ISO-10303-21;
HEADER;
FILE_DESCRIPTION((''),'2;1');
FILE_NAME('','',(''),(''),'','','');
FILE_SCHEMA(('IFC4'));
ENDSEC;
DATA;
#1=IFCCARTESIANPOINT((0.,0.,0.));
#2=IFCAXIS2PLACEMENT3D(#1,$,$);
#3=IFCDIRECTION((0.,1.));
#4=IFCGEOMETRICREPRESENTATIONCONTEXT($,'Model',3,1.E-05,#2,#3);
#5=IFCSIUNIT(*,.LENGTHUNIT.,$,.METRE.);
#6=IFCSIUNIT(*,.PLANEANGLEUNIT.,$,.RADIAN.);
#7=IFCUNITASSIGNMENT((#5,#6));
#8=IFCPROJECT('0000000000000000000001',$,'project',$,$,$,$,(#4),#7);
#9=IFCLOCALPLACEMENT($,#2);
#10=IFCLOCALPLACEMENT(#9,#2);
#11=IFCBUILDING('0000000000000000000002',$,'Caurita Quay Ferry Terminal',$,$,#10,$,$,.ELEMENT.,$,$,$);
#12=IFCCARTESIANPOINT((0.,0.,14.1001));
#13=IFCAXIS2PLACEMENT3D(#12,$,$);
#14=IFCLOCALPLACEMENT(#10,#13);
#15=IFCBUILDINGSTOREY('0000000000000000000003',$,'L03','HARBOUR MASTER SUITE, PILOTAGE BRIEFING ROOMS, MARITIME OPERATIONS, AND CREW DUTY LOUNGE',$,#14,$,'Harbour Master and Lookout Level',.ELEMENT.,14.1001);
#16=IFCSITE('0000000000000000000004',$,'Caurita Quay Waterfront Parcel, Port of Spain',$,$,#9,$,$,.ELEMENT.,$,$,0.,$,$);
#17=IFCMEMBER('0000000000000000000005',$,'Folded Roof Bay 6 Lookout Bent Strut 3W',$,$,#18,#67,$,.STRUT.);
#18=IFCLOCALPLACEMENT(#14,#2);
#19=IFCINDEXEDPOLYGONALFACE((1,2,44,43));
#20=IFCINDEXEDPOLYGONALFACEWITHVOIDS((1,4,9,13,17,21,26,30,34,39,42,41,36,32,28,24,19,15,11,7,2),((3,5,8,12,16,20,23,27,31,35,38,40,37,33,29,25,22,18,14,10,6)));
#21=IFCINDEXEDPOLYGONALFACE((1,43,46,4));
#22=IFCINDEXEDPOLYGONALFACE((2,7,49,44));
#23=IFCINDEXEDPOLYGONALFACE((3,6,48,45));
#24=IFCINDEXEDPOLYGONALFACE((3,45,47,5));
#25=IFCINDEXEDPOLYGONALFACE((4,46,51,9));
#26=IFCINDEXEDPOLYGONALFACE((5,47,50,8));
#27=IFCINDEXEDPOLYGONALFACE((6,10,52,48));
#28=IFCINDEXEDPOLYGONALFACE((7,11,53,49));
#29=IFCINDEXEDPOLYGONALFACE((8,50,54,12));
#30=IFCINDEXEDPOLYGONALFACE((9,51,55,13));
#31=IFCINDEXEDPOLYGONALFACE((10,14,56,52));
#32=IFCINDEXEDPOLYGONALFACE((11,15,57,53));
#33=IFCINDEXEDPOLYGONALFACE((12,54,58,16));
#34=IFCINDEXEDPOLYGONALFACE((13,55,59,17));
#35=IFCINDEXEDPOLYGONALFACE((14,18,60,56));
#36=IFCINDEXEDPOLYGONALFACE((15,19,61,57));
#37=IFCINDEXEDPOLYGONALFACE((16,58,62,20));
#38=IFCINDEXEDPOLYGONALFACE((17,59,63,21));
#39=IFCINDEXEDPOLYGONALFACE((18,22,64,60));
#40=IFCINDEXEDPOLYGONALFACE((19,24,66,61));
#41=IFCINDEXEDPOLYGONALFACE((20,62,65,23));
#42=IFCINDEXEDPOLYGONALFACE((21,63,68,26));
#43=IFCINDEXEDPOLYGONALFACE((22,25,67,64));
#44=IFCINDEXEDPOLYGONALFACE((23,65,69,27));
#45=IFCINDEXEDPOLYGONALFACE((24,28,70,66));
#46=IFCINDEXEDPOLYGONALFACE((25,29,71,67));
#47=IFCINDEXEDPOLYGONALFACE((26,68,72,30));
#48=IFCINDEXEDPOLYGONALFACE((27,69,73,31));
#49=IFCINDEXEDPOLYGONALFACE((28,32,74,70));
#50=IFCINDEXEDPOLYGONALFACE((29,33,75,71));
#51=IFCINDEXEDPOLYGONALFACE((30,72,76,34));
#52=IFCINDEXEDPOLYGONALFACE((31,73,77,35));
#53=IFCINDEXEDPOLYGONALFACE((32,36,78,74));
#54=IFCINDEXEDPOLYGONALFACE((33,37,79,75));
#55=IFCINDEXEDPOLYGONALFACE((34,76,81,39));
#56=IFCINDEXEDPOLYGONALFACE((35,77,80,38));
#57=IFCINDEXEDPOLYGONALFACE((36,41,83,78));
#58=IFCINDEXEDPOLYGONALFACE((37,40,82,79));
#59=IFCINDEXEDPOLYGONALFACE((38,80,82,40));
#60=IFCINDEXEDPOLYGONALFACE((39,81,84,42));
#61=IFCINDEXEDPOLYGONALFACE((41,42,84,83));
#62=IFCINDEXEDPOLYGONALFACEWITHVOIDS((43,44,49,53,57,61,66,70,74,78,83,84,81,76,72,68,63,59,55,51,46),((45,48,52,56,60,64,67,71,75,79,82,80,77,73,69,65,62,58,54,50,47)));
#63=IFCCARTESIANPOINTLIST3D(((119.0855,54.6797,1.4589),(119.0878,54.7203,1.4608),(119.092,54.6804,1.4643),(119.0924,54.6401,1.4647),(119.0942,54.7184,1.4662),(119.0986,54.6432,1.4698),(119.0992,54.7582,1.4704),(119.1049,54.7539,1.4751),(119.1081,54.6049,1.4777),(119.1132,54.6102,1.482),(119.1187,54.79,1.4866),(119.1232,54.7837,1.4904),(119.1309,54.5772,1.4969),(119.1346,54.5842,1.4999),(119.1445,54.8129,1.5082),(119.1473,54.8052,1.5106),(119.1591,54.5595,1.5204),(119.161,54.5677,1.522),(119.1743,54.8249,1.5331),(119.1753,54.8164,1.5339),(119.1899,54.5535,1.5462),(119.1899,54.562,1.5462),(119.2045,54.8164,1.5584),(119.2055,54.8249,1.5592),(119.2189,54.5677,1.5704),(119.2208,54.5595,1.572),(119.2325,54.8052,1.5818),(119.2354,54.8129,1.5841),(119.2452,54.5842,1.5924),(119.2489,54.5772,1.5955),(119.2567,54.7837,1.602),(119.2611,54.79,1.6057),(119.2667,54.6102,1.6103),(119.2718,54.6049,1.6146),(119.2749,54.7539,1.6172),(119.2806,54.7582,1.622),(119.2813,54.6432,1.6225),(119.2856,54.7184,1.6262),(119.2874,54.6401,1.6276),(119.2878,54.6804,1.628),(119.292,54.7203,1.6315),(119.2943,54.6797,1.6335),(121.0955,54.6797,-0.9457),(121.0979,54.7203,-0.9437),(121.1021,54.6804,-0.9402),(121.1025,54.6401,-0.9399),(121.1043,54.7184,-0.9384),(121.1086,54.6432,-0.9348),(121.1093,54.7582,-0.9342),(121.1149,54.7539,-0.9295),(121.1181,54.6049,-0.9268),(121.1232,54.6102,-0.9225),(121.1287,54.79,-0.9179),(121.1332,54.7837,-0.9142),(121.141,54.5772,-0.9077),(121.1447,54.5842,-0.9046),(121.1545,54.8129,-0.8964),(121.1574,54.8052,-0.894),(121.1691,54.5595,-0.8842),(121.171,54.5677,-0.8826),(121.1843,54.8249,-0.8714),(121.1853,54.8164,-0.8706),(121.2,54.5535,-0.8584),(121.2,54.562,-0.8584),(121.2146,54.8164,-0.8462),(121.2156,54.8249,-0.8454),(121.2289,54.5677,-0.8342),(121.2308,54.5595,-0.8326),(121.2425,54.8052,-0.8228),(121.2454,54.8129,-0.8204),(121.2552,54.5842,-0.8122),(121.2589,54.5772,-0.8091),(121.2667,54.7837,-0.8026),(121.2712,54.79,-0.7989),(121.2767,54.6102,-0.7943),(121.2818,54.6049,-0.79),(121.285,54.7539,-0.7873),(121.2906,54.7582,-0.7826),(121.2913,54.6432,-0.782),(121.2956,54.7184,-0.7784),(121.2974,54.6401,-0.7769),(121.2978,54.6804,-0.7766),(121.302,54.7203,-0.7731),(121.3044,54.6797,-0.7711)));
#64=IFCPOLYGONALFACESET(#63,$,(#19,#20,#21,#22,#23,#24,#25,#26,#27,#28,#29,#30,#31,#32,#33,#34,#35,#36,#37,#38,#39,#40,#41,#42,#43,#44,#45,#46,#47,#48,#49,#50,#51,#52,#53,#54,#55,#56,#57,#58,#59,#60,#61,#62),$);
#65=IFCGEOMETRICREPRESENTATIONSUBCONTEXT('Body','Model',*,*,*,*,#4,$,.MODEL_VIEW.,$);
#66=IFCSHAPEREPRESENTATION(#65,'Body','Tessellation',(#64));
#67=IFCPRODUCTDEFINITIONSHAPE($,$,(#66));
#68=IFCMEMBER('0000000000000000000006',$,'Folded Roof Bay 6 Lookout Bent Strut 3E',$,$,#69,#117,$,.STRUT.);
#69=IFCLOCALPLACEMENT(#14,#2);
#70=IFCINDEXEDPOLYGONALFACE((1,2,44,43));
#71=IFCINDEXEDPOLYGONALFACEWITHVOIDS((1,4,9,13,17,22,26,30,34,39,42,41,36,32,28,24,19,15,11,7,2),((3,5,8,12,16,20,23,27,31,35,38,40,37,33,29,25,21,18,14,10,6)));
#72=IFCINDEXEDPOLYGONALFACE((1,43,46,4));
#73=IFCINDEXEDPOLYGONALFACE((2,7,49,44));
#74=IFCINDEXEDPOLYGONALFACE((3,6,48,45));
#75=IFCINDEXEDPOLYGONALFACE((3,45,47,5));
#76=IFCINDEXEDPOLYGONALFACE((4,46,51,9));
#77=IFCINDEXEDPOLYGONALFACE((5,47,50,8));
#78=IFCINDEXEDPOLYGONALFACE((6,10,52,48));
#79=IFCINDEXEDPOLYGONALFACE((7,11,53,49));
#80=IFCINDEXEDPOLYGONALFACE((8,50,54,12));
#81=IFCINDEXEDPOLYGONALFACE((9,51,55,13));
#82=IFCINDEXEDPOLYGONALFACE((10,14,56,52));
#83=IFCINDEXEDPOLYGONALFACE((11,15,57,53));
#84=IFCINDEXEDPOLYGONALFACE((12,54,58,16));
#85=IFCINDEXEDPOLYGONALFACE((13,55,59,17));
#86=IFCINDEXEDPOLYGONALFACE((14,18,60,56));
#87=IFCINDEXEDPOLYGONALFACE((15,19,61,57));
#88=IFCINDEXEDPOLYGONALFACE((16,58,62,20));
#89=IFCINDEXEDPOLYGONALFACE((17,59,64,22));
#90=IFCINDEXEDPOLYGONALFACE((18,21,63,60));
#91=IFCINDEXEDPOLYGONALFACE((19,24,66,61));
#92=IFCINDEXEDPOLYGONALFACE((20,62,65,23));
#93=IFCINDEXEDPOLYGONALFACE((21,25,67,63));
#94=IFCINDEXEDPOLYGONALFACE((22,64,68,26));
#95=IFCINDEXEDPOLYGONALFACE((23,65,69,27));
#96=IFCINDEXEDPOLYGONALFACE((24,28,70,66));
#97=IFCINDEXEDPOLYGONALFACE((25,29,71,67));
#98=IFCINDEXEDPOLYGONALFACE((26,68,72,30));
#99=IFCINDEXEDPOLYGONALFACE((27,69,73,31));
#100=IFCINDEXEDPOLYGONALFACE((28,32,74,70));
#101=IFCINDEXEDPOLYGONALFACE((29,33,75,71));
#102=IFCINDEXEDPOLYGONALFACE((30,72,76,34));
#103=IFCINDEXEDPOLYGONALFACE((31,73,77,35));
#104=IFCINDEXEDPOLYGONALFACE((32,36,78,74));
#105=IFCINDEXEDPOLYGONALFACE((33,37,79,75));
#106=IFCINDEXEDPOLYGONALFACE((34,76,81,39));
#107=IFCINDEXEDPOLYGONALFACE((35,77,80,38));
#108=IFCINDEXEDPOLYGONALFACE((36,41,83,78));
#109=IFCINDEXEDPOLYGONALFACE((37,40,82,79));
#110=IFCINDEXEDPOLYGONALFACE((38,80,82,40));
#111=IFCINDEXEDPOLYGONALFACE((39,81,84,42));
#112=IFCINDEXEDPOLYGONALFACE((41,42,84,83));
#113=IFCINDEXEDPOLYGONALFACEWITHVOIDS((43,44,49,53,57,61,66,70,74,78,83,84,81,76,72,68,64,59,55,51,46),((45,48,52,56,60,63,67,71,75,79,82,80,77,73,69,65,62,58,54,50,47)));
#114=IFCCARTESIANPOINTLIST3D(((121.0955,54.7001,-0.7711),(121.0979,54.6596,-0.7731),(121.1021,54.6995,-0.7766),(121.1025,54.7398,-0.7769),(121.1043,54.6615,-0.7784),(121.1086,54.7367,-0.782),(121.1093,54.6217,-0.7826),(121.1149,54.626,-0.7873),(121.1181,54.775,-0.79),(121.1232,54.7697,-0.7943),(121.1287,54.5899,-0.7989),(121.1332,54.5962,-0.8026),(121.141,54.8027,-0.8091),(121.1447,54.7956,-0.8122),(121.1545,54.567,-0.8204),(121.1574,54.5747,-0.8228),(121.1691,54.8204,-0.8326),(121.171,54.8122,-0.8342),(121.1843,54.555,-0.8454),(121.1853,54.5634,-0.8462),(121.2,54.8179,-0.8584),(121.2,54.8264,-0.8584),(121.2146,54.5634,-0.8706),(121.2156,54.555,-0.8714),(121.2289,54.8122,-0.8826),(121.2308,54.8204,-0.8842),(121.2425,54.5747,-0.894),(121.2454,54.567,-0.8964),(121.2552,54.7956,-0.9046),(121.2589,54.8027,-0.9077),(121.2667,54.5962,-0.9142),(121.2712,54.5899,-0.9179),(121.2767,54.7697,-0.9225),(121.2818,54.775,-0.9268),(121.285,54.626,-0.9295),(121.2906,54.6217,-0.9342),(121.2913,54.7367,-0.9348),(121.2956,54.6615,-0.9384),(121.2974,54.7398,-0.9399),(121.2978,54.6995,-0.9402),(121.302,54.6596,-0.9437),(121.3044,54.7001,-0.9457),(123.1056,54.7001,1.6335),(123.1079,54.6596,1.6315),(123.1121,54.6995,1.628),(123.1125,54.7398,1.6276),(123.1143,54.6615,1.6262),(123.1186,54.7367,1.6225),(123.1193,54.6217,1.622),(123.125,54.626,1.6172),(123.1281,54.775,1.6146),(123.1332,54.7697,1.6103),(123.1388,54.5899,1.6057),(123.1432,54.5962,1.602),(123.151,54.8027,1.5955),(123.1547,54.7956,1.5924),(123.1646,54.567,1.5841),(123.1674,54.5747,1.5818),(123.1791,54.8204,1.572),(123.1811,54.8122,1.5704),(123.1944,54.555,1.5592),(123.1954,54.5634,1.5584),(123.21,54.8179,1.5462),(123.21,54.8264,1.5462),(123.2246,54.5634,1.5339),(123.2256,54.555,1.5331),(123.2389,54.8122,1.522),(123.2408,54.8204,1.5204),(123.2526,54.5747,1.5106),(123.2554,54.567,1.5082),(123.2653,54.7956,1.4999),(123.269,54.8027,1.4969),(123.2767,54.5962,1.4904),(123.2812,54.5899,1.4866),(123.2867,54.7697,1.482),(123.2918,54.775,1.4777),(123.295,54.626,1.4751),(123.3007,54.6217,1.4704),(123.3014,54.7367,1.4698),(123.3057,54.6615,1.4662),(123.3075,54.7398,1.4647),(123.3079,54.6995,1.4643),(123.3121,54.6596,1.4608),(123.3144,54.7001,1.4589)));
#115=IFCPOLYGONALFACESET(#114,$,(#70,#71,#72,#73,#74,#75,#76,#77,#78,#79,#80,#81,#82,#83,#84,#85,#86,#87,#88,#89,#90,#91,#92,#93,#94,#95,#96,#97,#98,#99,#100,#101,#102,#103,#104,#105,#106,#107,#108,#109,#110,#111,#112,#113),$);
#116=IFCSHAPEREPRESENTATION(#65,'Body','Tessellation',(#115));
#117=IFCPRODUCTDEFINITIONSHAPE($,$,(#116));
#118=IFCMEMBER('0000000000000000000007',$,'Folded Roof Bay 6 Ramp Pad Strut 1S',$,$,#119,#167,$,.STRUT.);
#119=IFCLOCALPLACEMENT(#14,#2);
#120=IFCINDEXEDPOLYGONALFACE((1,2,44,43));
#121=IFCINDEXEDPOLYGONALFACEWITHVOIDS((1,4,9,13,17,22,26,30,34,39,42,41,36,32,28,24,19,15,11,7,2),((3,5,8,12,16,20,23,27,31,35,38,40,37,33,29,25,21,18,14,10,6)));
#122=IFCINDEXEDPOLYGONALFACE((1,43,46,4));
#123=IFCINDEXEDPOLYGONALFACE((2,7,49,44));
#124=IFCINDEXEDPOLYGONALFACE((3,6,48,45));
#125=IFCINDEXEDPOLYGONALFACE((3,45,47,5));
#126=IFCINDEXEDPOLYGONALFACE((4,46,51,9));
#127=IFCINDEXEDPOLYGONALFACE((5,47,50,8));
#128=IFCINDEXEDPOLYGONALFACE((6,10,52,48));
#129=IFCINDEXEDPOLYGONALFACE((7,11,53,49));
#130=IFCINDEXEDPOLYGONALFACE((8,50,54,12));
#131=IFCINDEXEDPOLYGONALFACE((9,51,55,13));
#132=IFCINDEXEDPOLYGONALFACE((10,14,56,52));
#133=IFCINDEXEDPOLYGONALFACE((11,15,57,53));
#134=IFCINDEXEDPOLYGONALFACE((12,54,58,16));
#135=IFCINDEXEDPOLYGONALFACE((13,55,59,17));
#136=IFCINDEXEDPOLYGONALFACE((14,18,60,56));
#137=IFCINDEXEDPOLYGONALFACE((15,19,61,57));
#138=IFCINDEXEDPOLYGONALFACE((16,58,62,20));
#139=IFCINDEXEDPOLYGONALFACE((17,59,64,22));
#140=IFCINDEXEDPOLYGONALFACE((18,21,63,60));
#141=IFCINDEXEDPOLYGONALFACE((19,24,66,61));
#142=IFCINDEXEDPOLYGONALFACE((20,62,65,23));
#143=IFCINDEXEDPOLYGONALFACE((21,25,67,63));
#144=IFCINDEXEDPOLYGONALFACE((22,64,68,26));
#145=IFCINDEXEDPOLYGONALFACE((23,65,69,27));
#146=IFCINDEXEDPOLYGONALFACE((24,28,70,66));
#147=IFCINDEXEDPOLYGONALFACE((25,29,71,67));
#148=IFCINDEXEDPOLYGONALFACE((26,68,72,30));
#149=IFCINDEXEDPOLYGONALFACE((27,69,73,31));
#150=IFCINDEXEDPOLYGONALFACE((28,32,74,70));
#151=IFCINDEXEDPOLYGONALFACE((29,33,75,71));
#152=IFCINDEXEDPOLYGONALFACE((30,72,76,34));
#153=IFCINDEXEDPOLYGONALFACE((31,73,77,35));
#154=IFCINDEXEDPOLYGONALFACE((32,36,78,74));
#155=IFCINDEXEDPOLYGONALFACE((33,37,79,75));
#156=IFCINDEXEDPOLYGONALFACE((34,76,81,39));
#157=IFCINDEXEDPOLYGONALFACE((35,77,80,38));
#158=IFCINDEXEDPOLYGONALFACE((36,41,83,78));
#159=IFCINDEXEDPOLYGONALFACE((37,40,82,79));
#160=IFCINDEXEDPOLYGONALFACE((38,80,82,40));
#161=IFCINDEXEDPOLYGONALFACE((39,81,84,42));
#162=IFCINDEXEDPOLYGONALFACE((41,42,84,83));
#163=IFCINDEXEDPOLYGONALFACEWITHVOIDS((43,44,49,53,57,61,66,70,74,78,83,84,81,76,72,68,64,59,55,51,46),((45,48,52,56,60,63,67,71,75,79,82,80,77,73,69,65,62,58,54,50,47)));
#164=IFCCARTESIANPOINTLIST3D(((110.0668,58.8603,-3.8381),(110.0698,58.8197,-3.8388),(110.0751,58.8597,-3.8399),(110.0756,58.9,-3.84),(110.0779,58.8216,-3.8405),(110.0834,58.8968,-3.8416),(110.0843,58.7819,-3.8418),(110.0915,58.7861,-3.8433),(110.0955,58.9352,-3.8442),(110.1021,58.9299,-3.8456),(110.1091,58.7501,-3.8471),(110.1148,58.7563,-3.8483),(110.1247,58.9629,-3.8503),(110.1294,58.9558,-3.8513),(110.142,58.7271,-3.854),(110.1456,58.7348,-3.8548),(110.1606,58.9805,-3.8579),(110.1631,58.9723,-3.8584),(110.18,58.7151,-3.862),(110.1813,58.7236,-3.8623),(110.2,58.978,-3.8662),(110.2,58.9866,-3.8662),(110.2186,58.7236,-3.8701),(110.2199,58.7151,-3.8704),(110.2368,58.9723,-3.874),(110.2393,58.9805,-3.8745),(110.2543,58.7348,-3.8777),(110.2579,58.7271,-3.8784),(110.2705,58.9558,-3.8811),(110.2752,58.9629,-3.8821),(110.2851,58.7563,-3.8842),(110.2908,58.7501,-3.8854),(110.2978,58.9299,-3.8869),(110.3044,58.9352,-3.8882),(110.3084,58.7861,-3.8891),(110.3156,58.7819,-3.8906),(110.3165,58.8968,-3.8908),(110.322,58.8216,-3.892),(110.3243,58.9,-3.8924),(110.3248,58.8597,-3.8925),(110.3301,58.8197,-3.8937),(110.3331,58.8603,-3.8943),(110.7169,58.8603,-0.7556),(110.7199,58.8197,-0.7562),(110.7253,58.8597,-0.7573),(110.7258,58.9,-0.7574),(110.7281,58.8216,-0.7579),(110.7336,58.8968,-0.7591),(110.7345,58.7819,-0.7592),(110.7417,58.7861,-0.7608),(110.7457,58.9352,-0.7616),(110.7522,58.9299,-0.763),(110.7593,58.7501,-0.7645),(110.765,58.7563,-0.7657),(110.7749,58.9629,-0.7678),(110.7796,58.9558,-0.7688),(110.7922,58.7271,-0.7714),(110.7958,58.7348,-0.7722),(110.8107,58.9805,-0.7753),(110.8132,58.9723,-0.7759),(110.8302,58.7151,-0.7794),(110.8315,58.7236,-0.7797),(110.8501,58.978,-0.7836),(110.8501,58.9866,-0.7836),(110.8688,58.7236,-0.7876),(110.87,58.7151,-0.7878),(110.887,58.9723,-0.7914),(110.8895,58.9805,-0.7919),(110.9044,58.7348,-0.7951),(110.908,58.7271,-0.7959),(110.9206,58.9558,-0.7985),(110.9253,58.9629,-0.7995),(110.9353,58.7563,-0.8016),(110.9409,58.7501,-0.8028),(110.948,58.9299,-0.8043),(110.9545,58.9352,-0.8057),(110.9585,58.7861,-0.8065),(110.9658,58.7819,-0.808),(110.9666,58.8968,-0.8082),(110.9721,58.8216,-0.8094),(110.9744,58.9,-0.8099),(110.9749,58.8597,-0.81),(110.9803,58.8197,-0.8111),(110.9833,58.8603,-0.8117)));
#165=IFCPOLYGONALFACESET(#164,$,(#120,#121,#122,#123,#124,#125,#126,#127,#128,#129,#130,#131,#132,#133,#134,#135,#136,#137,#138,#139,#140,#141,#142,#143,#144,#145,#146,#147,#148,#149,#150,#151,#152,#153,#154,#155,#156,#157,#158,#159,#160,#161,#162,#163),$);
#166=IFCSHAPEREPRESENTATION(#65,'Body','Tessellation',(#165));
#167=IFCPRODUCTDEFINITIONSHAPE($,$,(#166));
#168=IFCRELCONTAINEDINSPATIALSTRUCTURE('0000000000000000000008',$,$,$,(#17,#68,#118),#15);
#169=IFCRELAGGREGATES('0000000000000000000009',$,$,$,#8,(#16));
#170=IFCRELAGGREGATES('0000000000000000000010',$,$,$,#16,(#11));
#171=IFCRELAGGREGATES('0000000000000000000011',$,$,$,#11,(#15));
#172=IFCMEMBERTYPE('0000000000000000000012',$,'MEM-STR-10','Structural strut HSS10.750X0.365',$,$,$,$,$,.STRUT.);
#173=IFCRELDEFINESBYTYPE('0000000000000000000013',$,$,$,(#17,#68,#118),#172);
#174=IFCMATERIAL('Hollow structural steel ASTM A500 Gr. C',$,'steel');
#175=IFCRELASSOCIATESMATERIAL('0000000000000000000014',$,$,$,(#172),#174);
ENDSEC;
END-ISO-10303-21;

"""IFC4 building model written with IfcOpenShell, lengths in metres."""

from ifc_helpers import new_model, si_unit, direction, frame, origin, origin_2d, place, context, subcontext, project, spatial, hollow_circle, extrude, material, material_profile, profile_set, type_object, element, save


model = new_model("IFC4")

# Units and contexts
model_context = context("Model", 3, precision=1e-05, world=origin(), true_north=direction((0.0, 1.0)))
body_context = subcontext(model_context, "Body", "Model", "MODEL_VIEW")
ifc_project = project(units=[si_unit("LENGTHUNIT", "METRE"), si_unit("PLANEANGLEUNIT", "RADIAN")], contexts=[model_context])

# Site, building, storey
site_placement = place(None, origin())
site = spatial("IfcSite", under=ifc_project, at=site_placement, Name="Caurita Quay Waterfront Parcel, Port of Spain", CompositionType="ELEMENT", RefElevation=0.0)
building_placement = place(site_placement, origin())
building = spatial("IfcBuilding", under=site, at=building_placement, Name="Caurita Quay Ferry Terminal", CompositionType="ELEMENT")
storey_placement = place(building_placement, frame((0.0, 0.0, 14.1001)))
storey = spatial("IfcBuildingStorey", under=building, at=storey_placement, Name="L03", Description="HARBOUR MASTER SUITE, PILOTAGE BRIEFING ROOMS, MARITIME OPERATIONS, AND CREW DUTY LOUNGE", LongName="Harbour Master and Lookout Level", CompositionType="ELEMENT", Elevation=14.1001)

# Members
ifc_material_1 = material(Name="Hollow structural steel ASTM A500 Gr. C", Category="steel")
ifc_material_profile_1 = material_profile(ifc_material_1, hollow_circle(Radius=0.1365, WallThickness=0.0085, at=origin_2d()), Name="HSS10.750X0.365")
ifc_profile_set_1 = profile_set([ifc_material_profile_1], Name="Hollow structural steel ASTM A500 Gr. C")
member_type_1 = type_object("IfcMemberType", Name="MEM-STR-10", Description="Structural strut HSS10.750X0.365", PredefinedType="STRUT", material=ifc_profile_set_1)
for number, where, z_axis, x_axis, name in (
    (1, (121.2, 54.6899, -0.8584), (-0.641356, 0.0, 0.767243), (0.0, -1.0, 0.0), "Folded Roof Bay 6 Lookout Bent Strut 3W"),
    (2, (121.2, 54.6899, -0.8584), (0.641356, 0.0, 0.767243), (0.0, 1.0, 0.0), "Folded Roof Bay 6 Lookout Bent Strut 3E"),
):
    element("IfcMember", number, at=place(storey_placement, frame(where, z_axis=z_axis, x_axis=x_axis)), inside=storey, type_object=member_type_1, Name=name, PredefinedType="STRUT", context=body_context, shape_type="SweptSolid", body=[
        extrude(hollow_circle(Radius=0.1365, WallThickness=0.0085, at=origin_2d()), origin(), (0.0, 0.0, 1.0), 3.134),
    ])
member_1_placement = place(storey_placement, frame((110.2, 58.8501, -3.8662), z_axis=(0.206374, 0.0, 0.978473), x_axis=(0.0, 1.0, 0.0)))
element("IfcMember", 3, at=member_1_placement, inside=storey, type_object=member_type_1, Name="Folded Roof Bay 6 Ramp Pad Strut 1S", PredefinedType="STRUT", context=body_context, shape_type="SweptSolid", body=[
    extrude(hollow_circle(Radius=0.1365, WallThickness=0.0085, at=origin_2d()), origin(), (0.0, 0.0, 1.0), 3.1504),
])

save(model, "model.ifc")
